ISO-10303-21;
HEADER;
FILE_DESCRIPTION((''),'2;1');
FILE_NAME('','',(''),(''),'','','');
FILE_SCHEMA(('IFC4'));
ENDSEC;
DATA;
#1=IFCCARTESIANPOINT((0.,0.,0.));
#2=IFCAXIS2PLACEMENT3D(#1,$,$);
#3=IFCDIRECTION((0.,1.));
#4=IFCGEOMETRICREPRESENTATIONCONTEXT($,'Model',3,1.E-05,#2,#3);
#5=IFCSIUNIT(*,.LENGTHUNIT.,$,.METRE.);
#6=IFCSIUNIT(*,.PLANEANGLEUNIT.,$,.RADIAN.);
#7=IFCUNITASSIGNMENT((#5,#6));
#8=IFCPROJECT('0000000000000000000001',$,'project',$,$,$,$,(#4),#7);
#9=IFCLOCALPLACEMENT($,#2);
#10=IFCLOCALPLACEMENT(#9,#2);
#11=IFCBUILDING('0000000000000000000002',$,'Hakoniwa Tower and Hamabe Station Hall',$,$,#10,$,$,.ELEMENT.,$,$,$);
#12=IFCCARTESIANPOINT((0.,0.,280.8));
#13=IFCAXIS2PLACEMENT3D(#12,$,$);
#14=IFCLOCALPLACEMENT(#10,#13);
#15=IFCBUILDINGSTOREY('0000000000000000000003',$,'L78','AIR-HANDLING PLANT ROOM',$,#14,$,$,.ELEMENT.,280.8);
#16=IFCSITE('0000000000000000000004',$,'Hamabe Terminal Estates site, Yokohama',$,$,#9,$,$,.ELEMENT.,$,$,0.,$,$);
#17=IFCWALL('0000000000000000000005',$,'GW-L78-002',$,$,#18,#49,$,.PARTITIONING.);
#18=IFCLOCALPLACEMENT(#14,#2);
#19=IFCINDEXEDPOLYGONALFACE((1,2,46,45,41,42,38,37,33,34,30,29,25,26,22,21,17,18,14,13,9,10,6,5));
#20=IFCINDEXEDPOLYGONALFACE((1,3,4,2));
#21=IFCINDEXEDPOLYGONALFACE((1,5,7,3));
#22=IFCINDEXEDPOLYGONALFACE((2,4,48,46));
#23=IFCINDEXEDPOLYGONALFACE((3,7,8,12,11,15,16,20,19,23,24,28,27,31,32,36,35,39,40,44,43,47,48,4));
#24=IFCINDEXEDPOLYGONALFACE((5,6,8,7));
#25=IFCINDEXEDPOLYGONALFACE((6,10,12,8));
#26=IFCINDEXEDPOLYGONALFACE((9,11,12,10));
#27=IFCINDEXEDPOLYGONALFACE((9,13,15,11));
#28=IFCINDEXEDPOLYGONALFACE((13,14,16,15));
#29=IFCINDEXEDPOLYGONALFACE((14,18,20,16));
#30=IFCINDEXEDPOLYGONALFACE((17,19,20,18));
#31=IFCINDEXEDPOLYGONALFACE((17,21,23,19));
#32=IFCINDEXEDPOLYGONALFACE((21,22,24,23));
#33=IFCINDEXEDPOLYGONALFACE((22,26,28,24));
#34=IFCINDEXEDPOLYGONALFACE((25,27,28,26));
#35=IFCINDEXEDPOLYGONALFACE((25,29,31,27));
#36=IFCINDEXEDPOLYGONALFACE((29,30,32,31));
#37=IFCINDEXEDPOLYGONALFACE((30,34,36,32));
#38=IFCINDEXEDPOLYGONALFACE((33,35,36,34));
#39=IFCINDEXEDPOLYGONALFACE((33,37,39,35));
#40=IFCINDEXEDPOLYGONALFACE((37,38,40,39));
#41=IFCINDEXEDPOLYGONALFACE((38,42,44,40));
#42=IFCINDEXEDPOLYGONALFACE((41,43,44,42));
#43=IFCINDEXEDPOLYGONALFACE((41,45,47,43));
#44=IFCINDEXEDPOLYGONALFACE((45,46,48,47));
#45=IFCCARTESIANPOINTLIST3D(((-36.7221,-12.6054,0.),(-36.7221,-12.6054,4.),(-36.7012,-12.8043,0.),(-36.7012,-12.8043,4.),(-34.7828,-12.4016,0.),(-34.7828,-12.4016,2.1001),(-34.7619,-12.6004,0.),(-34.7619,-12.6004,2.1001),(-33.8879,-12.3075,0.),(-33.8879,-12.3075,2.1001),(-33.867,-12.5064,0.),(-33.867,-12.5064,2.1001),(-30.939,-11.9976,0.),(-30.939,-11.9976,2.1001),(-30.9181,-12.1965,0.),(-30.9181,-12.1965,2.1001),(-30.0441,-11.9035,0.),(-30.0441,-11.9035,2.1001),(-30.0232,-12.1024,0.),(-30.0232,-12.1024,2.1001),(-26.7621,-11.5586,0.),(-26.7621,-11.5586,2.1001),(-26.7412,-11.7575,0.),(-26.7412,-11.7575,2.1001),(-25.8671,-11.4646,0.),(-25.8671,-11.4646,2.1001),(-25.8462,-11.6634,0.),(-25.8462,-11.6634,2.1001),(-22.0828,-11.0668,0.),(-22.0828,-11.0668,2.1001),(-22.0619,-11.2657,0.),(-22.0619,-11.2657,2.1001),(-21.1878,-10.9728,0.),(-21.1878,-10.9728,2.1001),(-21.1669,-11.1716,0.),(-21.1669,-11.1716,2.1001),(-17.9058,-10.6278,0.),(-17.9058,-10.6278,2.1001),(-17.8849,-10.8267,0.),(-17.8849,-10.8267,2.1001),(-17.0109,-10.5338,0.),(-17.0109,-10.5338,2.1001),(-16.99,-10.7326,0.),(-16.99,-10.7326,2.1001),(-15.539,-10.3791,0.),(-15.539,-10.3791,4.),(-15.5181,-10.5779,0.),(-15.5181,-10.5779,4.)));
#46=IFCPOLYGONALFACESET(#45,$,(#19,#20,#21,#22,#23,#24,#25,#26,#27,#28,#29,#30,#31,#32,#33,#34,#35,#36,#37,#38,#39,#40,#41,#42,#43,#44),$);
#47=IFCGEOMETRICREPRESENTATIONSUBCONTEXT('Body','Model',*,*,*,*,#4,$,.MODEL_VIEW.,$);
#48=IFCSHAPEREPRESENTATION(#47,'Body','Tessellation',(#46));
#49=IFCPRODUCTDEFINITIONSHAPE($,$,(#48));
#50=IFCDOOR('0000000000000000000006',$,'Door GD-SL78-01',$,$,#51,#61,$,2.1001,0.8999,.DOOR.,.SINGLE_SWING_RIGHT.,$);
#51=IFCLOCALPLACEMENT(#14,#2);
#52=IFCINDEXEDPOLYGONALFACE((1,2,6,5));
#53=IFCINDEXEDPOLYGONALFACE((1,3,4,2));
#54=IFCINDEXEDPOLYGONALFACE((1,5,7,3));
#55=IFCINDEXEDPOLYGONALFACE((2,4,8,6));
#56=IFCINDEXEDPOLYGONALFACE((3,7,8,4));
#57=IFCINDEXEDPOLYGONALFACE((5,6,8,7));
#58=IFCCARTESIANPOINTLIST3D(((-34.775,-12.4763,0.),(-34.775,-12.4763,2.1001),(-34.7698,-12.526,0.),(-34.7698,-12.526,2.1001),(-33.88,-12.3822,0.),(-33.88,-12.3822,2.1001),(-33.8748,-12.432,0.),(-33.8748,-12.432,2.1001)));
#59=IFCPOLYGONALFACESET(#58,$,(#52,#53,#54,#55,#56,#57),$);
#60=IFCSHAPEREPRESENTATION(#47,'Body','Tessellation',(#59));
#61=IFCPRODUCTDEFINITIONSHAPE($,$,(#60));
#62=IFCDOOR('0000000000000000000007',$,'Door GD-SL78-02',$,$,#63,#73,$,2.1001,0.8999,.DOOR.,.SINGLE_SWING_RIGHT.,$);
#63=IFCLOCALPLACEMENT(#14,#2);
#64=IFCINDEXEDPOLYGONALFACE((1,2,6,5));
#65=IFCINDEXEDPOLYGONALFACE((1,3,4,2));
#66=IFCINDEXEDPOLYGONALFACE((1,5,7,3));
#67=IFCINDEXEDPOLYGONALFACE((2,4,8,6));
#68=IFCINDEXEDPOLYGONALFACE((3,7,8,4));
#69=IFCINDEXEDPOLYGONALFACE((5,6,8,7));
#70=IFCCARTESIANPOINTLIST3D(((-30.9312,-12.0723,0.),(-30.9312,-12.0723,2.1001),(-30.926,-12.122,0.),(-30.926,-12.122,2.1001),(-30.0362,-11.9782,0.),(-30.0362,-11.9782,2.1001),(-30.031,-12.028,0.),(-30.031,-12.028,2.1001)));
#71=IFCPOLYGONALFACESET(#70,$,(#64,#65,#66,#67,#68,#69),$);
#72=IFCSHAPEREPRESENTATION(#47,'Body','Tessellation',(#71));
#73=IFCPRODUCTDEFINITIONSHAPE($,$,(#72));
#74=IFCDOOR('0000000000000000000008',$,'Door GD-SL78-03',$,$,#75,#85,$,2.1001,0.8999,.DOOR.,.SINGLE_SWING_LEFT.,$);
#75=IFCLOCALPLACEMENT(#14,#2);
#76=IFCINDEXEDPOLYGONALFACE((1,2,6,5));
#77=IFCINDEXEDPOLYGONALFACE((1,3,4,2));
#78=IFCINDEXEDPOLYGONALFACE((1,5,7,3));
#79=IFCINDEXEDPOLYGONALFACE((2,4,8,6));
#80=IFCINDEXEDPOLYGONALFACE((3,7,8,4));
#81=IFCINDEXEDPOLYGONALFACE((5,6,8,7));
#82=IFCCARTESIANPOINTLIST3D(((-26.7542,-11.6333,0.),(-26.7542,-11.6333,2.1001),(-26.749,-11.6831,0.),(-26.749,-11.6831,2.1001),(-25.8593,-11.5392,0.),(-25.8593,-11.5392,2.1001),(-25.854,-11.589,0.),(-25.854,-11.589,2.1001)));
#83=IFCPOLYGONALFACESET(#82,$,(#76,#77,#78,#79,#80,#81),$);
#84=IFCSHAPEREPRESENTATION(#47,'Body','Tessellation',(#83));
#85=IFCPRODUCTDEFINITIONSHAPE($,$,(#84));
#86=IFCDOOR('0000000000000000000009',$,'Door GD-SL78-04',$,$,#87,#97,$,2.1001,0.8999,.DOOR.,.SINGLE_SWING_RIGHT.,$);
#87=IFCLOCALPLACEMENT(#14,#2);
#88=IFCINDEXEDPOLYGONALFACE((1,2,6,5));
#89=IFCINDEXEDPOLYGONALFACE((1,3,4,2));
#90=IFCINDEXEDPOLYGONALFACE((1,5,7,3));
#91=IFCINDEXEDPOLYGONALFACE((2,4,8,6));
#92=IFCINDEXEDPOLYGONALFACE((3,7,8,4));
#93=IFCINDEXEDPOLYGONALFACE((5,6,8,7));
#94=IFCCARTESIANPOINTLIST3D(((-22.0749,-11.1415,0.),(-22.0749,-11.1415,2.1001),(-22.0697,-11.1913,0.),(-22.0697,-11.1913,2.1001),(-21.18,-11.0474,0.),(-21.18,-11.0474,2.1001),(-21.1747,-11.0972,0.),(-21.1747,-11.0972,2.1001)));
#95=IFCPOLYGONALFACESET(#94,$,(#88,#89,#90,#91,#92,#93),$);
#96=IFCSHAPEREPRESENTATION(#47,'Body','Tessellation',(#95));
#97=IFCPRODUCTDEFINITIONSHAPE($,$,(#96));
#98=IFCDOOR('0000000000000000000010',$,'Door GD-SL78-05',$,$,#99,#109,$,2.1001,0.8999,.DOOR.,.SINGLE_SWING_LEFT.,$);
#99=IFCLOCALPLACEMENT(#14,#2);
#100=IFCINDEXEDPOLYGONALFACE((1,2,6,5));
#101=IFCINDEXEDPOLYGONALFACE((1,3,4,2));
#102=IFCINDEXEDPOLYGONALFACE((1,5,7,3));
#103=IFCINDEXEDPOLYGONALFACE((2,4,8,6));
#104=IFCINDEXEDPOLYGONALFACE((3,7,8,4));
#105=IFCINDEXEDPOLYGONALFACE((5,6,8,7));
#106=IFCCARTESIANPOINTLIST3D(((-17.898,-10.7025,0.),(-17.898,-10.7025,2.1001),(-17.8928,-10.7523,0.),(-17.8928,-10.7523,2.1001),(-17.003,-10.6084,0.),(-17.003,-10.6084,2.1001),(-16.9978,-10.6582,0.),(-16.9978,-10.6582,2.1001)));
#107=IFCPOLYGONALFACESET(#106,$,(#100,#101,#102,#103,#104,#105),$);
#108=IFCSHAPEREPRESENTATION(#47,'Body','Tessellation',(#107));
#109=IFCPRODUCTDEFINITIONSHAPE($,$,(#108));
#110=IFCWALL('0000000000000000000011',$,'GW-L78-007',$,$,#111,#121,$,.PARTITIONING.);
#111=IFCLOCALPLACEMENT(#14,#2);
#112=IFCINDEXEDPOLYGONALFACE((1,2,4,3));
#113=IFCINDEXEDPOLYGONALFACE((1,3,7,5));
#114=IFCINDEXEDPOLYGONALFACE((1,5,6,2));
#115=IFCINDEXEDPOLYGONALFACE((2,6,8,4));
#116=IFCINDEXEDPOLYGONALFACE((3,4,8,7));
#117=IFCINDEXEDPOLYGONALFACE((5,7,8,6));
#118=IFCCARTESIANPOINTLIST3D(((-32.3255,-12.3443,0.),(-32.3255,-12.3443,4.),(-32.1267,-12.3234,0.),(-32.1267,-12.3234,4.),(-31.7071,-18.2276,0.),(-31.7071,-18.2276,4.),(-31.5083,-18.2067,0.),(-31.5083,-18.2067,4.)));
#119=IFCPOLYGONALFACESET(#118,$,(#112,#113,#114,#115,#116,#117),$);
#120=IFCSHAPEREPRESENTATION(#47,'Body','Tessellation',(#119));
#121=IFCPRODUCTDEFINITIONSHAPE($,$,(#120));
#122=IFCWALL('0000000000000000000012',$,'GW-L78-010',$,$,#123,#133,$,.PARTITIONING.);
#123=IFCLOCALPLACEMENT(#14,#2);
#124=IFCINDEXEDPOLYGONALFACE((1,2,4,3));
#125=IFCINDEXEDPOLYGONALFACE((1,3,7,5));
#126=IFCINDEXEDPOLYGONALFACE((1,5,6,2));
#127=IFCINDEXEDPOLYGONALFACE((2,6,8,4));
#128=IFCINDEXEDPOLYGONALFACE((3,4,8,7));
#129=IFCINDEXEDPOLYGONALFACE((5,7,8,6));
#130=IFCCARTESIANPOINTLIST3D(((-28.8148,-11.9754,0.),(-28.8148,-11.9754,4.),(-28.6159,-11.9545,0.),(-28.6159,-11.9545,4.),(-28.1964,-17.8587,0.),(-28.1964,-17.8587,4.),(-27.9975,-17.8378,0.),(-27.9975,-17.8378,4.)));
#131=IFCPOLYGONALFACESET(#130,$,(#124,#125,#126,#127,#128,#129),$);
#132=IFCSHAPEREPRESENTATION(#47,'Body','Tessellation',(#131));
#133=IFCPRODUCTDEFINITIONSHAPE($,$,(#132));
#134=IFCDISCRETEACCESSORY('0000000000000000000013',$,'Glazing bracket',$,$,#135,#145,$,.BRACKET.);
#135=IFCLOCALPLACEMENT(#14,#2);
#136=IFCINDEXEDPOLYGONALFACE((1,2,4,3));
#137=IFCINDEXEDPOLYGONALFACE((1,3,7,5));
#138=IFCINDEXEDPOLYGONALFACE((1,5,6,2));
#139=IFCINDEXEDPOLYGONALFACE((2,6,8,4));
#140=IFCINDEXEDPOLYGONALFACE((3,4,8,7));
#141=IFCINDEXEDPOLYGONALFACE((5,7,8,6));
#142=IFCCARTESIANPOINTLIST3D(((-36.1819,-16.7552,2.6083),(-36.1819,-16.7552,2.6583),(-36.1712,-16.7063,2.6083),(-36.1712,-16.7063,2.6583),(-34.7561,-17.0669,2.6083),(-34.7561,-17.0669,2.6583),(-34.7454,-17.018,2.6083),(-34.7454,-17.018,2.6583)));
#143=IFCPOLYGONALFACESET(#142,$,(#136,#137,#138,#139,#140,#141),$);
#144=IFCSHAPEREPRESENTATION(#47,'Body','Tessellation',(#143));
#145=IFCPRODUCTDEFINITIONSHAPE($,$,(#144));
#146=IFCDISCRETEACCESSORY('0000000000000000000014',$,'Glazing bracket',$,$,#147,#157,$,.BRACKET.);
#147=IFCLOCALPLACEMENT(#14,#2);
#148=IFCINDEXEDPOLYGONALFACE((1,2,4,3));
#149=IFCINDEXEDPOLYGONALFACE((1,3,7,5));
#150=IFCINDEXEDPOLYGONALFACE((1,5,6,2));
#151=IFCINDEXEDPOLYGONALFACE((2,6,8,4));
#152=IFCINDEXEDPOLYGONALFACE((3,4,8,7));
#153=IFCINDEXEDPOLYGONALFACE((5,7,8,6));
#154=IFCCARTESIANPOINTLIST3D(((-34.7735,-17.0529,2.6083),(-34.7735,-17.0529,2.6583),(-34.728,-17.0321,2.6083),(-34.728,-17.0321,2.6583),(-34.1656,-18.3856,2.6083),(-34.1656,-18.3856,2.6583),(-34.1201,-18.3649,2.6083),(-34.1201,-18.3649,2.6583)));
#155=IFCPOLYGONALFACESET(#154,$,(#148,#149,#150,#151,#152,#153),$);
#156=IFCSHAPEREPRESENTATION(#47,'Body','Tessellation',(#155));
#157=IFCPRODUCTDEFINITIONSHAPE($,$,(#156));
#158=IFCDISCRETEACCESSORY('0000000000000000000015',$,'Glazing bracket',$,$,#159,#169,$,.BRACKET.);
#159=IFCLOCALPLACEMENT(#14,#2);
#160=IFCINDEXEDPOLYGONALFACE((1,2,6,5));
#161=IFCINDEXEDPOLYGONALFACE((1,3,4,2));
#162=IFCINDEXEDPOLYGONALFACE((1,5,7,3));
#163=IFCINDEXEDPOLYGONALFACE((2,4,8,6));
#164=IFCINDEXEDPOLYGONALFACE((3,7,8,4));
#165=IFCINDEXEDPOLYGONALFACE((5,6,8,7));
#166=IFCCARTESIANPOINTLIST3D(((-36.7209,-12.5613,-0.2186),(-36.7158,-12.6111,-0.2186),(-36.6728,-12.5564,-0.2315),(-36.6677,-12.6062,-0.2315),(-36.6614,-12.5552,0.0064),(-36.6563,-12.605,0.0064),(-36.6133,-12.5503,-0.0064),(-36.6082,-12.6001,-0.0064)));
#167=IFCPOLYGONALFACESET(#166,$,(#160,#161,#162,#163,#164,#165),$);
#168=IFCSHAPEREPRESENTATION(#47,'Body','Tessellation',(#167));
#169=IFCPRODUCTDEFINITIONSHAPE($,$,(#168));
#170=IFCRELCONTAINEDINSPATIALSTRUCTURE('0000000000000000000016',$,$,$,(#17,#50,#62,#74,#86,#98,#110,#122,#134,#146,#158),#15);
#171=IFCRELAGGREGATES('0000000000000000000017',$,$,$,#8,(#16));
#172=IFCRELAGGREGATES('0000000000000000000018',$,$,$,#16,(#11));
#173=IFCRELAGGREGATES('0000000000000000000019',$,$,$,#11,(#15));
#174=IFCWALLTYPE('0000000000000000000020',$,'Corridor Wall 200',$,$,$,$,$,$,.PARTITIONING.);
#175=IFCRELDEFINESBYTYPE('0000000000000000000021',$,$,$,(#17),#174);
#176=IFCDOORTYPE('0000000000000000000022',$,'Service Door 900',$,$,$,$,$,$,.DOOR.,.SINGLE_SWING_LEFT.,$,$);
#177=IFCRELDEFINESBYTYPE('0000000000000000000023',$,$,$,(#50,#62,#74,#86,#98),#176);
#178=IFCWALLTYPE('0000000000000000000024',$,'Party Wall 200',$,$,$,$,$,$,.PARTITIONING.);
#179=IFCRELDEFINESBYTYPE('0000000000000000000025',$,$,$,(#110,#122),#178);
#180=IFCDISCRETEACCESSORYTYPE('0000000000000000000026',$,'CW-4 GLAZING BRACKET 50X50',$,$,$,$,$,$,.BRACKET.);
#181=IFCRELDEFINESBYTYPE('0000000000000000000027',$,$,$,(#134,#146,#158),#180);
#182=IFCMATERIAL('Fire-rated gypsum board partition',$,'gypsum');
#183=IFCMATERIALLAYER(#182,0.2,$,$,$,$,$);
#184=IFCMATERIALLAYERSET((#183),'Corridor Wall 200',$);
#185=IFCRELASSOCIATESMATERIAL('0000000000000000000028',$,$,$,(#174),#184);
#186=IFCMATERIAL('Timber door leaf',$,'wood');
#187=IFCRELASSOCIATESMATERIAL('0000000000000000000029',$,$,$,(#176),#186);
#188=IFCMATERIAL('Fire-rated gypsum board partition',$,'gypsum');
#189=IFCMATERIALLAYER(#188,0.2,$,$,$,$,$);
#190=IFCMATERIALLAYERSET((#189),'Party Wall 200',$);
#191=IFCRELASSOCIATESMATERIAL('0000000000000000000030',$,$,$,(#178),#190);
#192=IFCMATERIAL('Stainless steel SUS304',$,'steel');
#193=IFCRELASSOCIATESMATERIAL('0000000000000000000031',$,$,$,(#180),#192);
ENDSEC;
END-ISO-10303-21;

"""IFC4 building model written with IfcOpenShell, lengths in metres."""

from ifc_helpers import new_model, si_unit, direction, frame, frame_2d, origin, origin_2d, place, context, subcontext, project, spatial, rectangle, extrude, material, layer, layer_set, material_profile, profile_set, type_object, element, fill, save


model = new_model("IFC4")

# Units and contexts
model_context = context("Model", 3, precision=1e-05, world=origin(), true_north=direction((0.0, 1.0)))
body_context = subcontext(model_context, "Body", "Model", "MODEL_VIEW")
ifc_project = project(units=[si_unit("LENGTHUNIT", "METRE"), si_unit("PLANEANGLEUNIT", "RADIAN")], contexts=[model_context])

# Site, building, storey
site_placement = place(None, origin())
site = spatial("IfcSite", under=ifc_project, at=site_placement, Name="Hamabe Terminal Estates site, Yokohama", CompositionType="ELEMENT", RefElevation=0.0)
building_placement = place(site_placement, origin())
building = spatial("IfcBuilding", under=site, at=building_placement, Name="Hakoniwa Tower and Hamabe Station Hall", CompositionType="ELEMENT")
storey_placement = place(building_placement, frame((0.0, 0.0, 280.8)))
storey = spatial("IfcBuildingStorey", under=building, at=storey_placement, Name="L78", Description="AIR-HANDLING PLANT ROOM", CompositionType="ELEMENT", Elevation=280.8)

# Wall, openings, doors
ifc_material_1 = material(Name="Fire-rated gypsum board partition", Category="gypsum")
ifc_layer_1 = layer(ifc_material_1, 0.2)
ifc_layer_set_1 = layer_set([ifc_layer_1], Name="Corridor Wall 200")
wall_type_1 = type_object("IfcWallType", Name="Corridor Wall 200", PredefinedType="PARTITIONING", material=ifc_layer_set_1)
wall_placement = place(storey_placement, frame((-36.7117, -12.7048, 0.0), z_axis=(0.0, 0.0, 1.0), x_axis=(0.994522, 0.104523, 0.0)))
wall = element("IfcWall", 1, at=wall_placement, inside=storey, type_object=wall_type_1, Name="GW-L78-002", PredefinedType="PARTITIONING", context=body_context, shape_type="SweptSolid", body=[
    extrude(rectangle(XDim=21.2998, YDim=0.2, at=frame_2d((10.6499, 0.0))), origin(), (0.0, 0.0, 1.0), 4.0),
])
opening_1_placement = place(wall_placement, frame((1.95, 0.0, 0.0)))
opening_1 = element("IfcOpeningElement", 2, at=opening_1_placement, cuts=wall, PredefinedType="OPENING", context=body_context, shape_type="SweptSolid", body=[
    extrude(rectangle(XDim=0.8999, YDim=2.1001, at=frame_2d((0.45, 1.05))), frame((0.0, 0.1099, 0.0), z_axis=(0.0, -1.0, 0.0), x_axis=(1.0, 0.0, 0.0)), (0.0, 0.0, 1.0), 0.22),
])
opening_2_placement = place(wall_placement, frame((5.8149, 0.0, 0.0)))
opening_2 = element("IfcOpeningElement", 3, at=opening_2_placement, cuts=wall, PredefinedType="OPENING", context=body_context, shape_type="SweptSolid", body=[
    extrude(rectangle(XDim=0.8999, YDim=2.1001, at=frame_2d((0.45, 1.05))), frame((0.0, 0.1099, 0.0), z_axis=(0.0, -1.0, 0.0), x_axis=(1.0, 0.0, 0.0)), (0.0, 0.0, 1.0), 0.22),
])
opening_3_placement = place(wall_placement, frame((10.0149, 0.0, 0.0)))
opening_3 = element("IfcOpeningElement", 4, at=opening_3_placement, cuts=wall, PredefinedType="OPENING", context=body_context, shape_type="SweptSolid", body=[
    extrude(rectangle(XDim=0.8999, YDim=2.1001, at=frame_2d((0.45, 1.05))), frame((0.0, 0.1099, 0.0), z_axis=(0.0, -1.0, 0.0), x_axis=(1.0, 0.0, 0.0)), (0.0, 0.0, 1.0), 0.22),
])
opening_4_placement = place(wall_placement, frame((14.72, 0.0, 0.0)))
opening_4 = element("IfcOpeningElement", 5, at=opening_4_placement, cuts=wall, PredefinedType="OPENING", context=body_context, shape_type="SweptSolid", body=[
    extrude(rectangle(XDim=0.8999, YDim=2.1001, at=frame_2d((0.45, 1.05))), frame((0.0, 0.1099, 0.0), z_axis=(0.0, -1.0, 0.0), x_axis=(1.0, 0.0, 0.0)), (0.0, 0.0, 1.0), 0.22),
])
opening_5_placement = place(wall_placement, frame((18.9199, 0.0, 0.0)))
opening_5 = element("IfcOpeningElement", 6, at=opening_5_placement, cuts=wall, PredefinedType="OPENING", context=body_context, shape_type="SweptSolid", body=[
    extrude(rectangle(XDim=0.8999, YDim=2.1001, at=frame_2d((0.45, 1.05))), frame((0.0, 0.1099, 0.0), z_axis=(0.0, -1.0, 0.0), x_axis=(1.0, 0.0, 0.0)), (0.0, 0.0, 1.0), 0.22),
])
ifc_material_2 = material(Name="Timber door leaf", Category="wood")
door_type = type_object("IfcDoorType", Name="Service Door 900", OperationType="SINGLE_SWING_LEFT", PredefinedType="DOOR", material=ifc_material_2)
door_1_placement = place(opening_1_placement, origin())
door_1 = element("IfcDoor", 7, at=door_1_placement, inside=storey, type_object=door_type, Name="Door GD-SL78-01", OperationType="SINGLE_SWING_RIGHT", OverallHeight=2.1001, OverallWidth=0.8999, PredefinedType="DOOR", context=body_context, shape_type="SweptSolid", body=[
    extrude(rectangle(XDim=0.8999, YDim=2.1001, at=frame_2d((0.45, 1.05))), frame((0.0, 0.0249, 0.0), z_axis=(0.0, -1.0, 0.0), x_axis=(1.0, 0.0, 0.0)), (0.0, 0.0, 1.0), 0.05),
])
fill(opening_1, door_1)
door_2_placement = place(opening_2_placement, origin())
door_2 = element("IfcDoor", 8, at=door_2_placement, inside=storey, type_object=door_type, Name="Door GD-SL78-02", OperationType="SINGLE_SWING_RIGHT", OverallHeight=2.1001, OverallWidth=0.8999, PredefinedType="DOOR", context=body_context, shape_type="SweptSolid", body=[
    extrude(rectangle(XDim=0.8999, YDim=2.1001, at=frame_2d((0.45, 1.05))), frame((0.0, 0.0249, 0.0), z_axis=(0.0, -1.0, 0.0), x_axis=(1.0, 0.0, 0.0)), (0.0, 0.0, 1.0), 0.05),
])
fill(opening_2, door_2)
door_3_placement = place(opening_3_placement, origin())
door_3 = element("IfcDoor", 9, at=door_3_placement, inside=storey, type_object=door_type, Name="Door GD-SL78-03", OperationType="SINGLE_SWING_LEFT", OverallHeight=2.1001, OverallWidth=0.8999, PredefinedType="DOOR", context=body_context, shape_type="SweptSolid", body=[
    extrude(rectangle(XDim=0.8999, YDim=2.1001, at=frame_2d((0.45, 1.05))), frame((0.0, 0.0249, 0.0), z_axis=(0.0, -1.0, 0.0), x_axis=(1.0, 0.0, 0.0)), (0.0, 0.0, 1.0), 0.05),
])
fill(opening_3, door_3)
door_4_placement = place(opening_4_placement, origin())
door_4 = element("IfcDoor", 10, at=door_4_placement, inside=storey, type_object=door_type, Name="Door GD-SL78-04", OperationType="SINGLE_SWING_RIGHT", OverallHeight=2.1001, OverallWidth=0.8999, PredefinedType="DOOR", context=body_context, shape_type="SweptSolid", body=[
    extrude(rectangle(XDim=0.8999, YDim=2.1001, at=frame_2d((0.45, 1.05))), frame((0.0, 0.0249, 0.0), z_axis=(0.0, -1.0, 0.0), x_axis=(1.0, 0.0, 0.0)), (0.0, 0.0, 1.0), 0.05),
])
fill(opening_4, door_4)
door_5_placement = place(opening_5_placement, origin())
door_5 = element("IfcDoor", 11, at=door_5_placement, inside=storey, type_object=door_type, Name="Door GD-SL78-05", OperationType="SINGLE_SWING_LEFT", OverallHeight=2.1001, OverallWidth=0.8999, PredefinedType="DOOR", context=body_context, shape_type="SweptSolid", body=[
    extrude(rectangle(XDim=0.8999, YDim=2.1001, at=frame_2d((0.45, 1.05))), frame((0.0, 0.0249, 0.0), z_axis=(0.0, -1.0, 0.0), x_axis=(1.0, 0.0, 0.0)), (0.0, 0.0, 1.0), 0.05),
])
fill(opening_5, door_5)

# Walls
ifc_material_3 = material(Name="Fire-rated gypsum board partition", Category="gypsum")
ifc_layer_2 = layer(ifc_material_3, 0.2)
ifc_layer_set_2 = layer_set([ifc_layer_2], Name="Party Wall 200")
wall_type_2 = type_object("IfcWallType", Name="Party Wall 200", PredefinedType="PARTITIONING", material=ifc_layer_set_2)
for number, where, z_axis, x_axis, name in (
    (12, (-31.6077, -18.2173, 0.0), (0.0, 0.0, 1.0), (-0.104537, 0.994521, 0.0), "GW-L78-007"),
    (13, (-28.0969, -17.8484, 0.0), (0.0, 0.0, 1.0), (-0.104537, 0.994521, 0.0), "GW-L78-010"),
):
    element("IfcWall", number, at=place(storey_placement, frame(where, z_axis=z_axis, x_axis=x_axis)), inside=storey, type_object=wall_type_2, Name=name, PredefinedType="PARTITIONING", context=body_context, shape_type="SweptSolid", body=[
        extrude(rectangle(XDim=5.9158, YDim=0.2, at=frame_2d((2.958, 0.0))), origin(), (0.0, 0.0, 1.0), 4.0),
    ])

# Discrete accessories
ifc_material_4 = material(Name="Stainless steel SUS304", Category="steel")
ifc_material_profile_1 = material_profile(ifc_material_4, rectangle(XDim=0.05, YDim=0.05, at=origin_2d()), Name="CW-4 GLAZING BRACKET 50X50")
ifc_profile_set_1 = profile_set([ifc_material_profile_1], Name="Stainless steel SUS304")
discrete_accessory_type = type_object("IfcDiscreteAccessoryType", Name="CW-4 GLAZING BRACKET 50X50", PredefinedType="BRACKET", material=ifc_profile_set_1)
discrete_accessory_1_placement = place(storey_placement, frame((-36.1765, -16.7307, 2.6333), z_axis=(0.976917, -0.213617, 0.0), x_axis=(0.213617, 0.976917, 0.0)))
element("IfcDiscreteAccessory", 14, at=discrete_accessory_1_placement, inside=storey, type_object=discrete_accessory_type, Name="Glazing bracket", PredefinedType="BRACKET", context=body_context, shape_type="SweptSolid", body=[
    extrude(rectangle(XDim=0.05, YDim=0.05, at=origin_2d()), origin(), (0.0, 0.0, 1.0), 1.4595),
])
discrete_accessory_2_placement = place(storey_placement, frame((-34.1428, -18.3752, 2.6333), z_axis=(-0.414995, 0.909823, 0.0), x_axis=(-0.909823, -0.414995, 0.0)))
element("IfcDiscreteAccessory", 15, at=discrete_accessory_2_placement, inside=storey, type_object=discrete_accessory_type, Name="Glazing bracket", PredefinedType="BRACKET", context=body_context, shape_type="SweptSolid", body=[
    extrude(rectangle(XDim=0.05, YDim=0.05, at=origin_2d()), origin(), (0.0, 0.0, 1.0), 1.4648),
])
for number, where, z_axis, x_axis, name in (
    (16, (-36.6348, -12.5776, 0.0), (-0.255747, -0.026204, -0.966389), (0.101925, -0.994792, 0.0), "Glazing bracket"),
):
    element("IfcDiscreteAccessory", number, at=place(storey_placement, frame(where, z_axis=z_axis, x_axis=x_axis)), inside=storey, type_object=discrete_accessory_type, Name=name, PredefinedType="BRACKET", context=body_context, shape_type="SweptSolid", body=[
        extrude(rectangle(XDim=0.05, YDim=0.05, at=origin_2d()), origin(), (0.0, 0.0, 1.0), 0.2329),
    ])

save(model, "model.ifc")
